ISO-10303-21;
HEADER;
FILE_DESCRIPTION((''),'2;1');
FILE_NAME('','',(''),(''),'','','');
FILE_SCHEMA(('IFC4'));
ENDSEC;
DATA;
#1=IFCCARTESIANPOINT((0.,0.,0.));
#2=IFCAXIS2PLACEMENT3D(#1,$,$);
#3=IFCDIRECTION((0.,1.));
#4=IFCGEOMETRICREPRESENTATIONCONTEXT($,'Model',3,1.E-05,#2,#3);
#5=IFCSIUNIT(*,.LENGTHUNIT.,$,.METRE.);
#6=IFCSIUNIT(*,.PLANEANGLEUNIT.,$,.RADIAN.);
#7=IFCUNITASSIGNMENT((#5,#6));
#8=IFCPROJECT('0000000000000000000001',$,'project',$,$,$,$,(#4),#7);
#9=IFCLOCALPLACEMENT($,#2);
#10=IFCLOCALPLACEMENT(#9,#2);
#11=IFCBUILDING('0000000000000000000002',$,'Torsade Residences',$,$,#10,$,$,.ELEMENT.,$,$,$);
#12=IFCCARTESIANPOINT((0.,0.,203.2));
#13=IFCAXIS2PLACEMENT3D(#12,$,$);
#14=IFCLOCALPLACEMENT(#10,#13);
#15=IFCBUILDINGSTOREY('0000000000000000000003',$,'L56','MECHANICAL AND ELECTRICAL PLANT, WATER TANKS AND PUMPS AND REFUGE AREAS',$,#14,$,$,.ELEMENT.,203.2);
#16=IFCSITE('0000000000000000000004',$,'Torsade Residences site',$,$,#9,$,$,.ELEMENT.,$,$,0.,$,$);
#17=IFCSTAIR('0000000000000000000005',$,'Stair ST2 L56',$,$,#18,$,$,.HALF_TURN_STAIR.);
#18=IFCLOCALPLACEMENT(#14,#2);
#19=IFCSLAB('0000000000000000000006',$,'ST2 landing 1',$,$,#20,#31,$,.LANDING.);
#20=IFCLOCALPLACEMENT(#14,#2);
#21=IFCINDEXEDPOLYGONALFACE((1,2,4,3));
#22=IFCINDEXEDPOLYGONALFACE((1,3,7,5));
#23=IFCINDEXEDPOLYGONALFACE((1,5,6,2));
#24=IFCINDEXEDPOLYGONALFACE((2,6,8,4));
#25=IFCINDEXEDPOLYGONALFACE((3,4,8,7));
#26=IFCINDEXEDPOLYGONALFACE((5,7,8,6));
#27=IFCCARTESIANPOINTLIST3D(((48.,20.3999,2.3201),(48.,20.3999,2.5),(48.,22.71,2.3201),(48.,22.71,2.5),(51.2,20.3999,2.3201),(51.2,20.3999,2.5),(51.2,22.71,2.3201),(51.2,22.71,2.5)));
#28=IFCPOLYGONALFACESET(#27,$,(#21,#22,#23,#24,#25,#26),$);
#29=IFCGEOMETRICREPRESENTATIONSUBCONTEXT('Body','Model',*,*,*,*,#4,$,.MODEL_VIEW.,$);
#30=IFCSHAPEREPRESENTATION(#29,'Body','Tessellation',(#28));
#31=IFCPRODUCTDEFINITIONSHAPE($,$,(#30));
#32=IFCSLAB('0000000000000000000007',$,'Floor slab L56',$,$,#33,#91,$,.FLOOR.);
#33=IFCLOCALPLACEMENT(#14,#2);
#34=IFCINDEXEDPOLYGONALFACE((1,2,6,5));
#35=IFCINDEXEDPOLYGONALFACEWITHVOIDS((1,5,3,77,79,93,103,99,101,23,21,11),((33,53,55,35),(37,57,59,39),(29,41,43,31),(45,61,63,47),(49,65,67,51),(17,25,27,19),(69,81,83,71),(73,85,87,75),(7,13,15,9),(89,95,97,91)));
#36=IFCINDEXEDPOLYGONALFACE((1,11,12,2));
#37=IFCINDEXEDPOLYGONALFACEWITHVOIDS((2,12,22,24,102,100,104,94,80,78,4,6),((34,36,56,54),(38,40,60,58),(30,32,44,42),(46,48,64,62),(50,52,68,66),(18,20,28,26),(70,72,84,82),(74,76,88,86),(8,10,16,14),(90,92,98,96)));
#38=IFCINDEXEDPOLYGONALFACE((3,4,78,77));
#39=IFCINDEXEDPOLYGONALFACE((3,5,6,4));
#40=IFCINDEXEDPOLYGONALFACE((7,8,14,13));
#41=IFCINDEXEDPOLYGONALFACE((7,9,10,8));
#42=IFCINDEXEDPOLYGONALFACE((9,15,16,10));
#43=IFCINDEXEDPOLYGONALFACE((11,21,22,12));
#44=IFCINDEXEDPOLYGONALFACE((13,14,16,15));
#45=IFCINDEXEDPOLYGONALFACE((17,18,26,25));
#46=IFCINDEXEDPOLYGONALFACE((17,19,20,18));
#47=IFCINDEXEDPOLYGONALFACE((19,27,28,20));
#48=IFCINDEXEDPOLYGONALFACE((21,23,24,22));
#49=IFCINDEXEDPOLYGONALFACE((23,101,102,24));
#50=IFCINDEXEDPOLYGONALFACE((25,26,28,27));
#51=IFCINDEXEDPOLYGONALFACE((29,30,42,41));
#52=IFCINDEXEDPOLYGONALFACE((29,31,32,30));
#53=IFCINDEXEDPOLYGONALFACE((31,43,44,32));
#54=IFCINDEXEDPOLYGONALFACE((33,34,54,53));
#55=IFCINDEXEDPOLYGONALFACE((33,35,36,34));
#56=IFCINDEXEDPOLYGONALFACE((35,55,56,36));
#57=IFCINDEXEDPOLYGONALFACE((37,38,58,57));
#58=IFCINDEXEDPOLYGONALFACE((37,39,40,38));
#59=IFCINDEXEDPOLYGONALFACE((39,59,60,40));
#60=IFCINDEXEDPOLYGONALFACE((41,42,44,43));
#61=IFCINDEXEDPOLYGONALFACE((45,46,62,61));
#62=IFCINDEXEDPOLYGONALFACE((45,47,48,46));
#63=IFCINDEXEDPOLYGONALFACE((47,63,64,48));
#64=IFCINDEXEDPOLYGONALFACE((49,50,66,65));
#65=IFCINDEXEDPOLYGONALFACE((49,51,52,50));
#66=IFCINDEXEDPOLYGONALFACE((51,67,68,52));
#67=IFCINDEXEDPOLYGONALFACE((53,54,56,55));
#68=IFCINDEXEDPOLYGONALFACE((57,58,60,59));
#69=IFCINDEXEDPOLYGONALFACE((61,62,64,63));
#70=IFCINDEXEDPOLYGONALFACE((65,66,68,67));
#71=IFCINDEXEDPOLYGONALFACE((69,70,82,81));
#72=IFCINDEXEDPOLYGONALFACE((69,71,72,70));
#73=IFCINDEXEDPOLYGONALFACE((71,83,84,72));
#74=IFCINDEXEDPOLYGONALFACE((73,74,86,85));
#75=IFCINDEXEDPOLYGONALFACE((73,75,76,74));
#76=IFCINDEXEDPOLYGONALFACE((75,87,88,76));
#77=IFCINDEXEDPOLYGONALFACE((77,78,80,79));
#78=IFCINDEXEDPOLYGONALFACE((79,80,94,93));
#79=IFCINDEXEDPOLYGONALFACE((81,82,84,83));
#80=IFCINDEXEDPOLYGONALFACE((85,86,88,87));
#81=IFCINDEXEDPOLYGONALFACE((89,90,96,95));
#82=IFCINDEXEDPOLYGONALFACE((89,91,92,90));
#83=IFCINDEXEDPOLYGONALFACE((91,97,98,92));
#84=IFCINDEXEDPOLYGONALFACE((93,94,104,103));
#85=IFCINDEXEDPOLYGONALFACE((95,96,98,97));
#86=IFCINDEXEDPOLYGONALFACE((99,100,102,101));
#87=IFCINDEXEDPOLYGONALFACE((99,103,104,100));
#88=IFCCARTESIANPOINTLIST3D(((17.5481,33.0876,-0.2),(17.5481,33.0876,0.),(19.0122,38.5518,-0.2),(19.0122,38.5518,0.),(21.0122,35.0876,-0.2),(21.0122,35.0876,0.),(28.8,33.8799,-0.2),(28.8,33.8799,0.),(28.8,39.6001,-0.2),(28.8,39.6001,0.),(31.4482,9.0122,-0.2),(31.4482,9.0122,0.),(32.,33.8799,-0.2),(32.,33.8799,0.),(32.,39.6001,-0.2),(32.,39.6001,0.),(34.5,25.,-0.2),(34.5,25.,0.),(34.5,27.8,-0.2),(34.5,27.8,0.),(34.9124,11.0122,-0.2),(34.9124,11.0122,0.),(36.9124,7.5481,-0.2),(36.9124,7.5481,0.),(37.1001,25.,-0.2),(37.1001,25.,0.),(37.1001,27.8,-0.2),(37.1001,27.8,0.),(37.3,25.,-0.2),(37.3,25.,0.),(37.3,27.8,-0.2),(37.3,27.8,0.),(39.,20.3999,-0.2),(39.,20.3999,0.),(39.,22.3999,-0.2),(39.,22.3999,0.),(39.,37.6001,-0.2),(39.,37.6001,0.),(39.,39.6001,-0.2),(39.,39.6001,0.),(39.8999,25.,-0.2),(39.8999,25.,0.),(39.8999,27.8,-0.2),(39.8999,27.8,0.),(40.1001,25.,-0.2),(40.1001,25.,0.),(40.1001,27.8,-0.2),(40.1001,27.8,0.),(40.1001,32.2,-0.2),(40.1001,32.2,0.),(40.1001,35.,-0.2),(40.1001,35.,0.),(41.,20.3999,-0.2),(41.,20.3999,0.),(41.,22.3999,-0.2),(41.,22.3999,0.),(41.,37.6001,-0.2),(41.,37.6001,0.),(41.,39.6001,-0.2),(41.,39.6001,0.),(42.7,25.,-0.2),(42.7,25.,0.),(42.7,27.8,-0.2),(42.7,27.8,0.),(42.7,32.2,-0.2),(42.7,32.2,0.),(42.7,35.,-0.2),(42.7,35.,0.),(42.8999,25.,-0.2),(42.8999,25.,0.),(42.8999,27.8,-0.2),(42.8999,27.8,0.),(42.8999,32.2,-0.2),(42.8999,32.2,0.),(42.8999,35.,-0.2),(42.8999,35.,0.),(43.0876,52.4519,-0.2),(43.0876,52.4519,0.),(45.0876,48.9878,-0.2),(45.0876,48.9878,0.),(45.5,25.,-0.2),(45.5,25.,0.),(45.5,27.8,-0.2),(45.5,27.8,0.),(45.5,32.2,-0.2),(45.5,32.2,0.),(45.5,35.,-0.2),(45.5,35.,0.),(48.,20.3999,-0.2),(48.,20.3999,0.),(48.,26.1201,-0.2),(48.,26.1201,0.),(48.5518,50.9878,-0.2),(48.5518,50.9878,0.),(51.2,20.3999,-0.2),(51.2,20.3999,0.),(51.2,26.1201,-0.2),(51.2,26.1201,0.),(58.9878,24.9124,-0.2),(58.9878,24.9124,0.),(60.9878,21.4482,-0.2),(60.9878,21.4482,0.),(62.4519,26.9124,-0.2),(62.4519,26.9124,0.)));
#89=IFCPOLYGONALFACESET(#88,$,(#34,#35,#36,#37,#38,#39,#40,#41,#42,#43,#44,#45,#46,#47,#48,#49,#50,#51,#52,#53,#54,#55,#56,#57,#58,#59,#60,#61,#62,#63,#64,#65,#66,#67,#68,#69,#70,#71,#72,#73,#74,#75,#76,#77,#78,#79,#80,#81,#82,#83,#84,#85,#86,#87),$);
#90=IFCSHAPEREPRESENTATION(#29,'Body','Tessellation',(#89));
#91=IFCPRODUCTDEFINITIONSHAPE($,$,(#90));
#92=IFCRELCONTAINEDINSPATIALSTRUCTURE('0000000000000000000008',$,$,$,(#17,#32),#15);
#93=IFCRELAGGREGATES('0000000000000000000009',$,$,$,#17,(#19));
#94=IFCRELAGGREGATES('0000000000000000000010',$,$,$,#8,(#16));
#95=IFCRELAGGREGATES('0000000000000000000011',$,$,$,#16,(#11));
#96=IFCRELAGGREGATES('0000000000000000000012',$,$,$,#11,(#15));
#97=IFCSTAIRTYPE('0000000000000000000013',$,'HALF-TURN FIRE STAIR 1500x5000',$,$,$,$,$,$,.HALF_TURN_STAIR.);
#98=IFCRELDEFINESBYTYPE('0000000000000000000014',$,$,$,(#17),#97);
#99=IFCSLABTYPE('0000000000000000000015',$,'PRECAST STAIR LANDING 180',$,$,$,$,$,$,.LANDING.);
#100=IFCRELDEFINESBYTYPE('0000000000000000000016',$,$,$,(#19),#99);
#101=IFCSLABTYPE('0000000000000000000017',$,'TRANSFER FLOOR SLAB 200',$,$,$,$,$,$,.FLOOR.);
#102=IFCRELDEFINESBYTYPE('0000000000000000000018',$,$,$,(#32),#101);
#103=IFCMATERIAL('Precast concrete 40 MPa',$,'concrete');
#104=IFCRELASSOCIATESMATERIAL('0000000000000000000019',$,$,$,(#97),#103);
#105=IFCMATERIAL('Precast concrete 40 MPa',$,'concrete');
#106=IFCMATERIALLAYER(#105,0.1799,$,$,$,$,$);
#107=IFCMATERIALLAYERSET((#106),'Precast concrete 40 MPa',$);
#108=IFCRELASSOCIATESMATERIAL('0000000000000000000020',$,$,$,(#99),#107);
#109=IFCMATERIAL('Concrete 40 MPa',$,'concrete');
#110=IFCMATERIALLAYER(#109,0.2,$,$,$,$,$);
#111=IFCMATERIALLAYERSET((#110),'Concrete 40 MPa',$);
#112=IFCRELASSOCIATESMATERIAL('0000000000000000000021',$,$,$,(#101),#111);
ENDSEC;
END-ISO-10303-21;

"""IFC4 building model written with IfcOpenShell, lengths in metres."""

from ifc_helpers import new_model, si_unit, direction, frame, origin, place, context, subcontext, project, spatial, polyline, outline, extrude, material, layer, layer_set, type_object, element, aggregate, save


model = new_model("IFC4")

# Units and contexts
model_context = context("Model", 3, precision=1e-05, world=origin(), true_north=direction((0.0, 1.0)))
body_context = subcontext(model_context, "Body", "Model", "MODEL_VIEW")
ifc_project = project(units=[si_unit("LENGTHUNIT", "METRE"), si_unit("PLANEANGLEUNIT", "RADIAN")], contexts=[model_context])

# Site, building, storey
site_placement = place(None, origin())
site = spatial("IfcSite", under=ifc_project, at=site_placement, Name="Torsade Residences site", CompositionType="ELEMENT", RefElevation=0.0)
building_placement = place(site_placement, origin())
building = spatial("IfcBuilding", under=site, at=building_placement, Name="Torsade Residences", CompositionType="ELEMENT")
storey_placement = place(building_placement, frame((0.0, 0.0, 203.2)))
storey = spatial("IfcBuildingStorey", under=building, at=storey_placement, Name="L56", Description="MECHANICAL AND ELECTRICAL PLANT, WATER TANKS AND PUMPS AND REFUGE AREAS", CompositionType="ELEMENT", Elevation=203.2)

# Stair, slab
ifc_material_1 = material(Name="Precast concrete 40 MPa", Category="concrete")
stair_type = type_object("IfcStairType", Name="HALF-TURN FIRE STAIR 1500x5000", PredefinedType="HALF_TURN_STAIR", material=ifc_material_1)
ifc_material_2 = material(Name="Precast concrete 40 MPa", Category="concrete")
ifc_layer_1 = layer(ifc_material_2, 0.1799)
ifc_layer_set_1 = layer_set([ifc_layer_1], Name="Precast concrete 40 MPa")
slab_type_1 = type_object("IfcSlabType", Name="PRECAST STAIR LANDING 180", PredefinedType="LANDING", material=ifc_layer_set_1)
stair_1_placement = place(storey_placement, origin())
stair_1 = element("IfcStair", 1, at=stair_1_placement, inside=storey, type_object=stair_type, Name="Stair ST2 L56", PredefinedType="HALF_TURN_STAIR")
slab_1_placement = place(storey_placement, frame((0.0, 0.0, 2.3201)))
slab_1 = element("IfcSlab", 2, at=slab_1_placement, type_object=slab_type_1, Name="ST2 landing 1", PredefinedType="LANDING", context=body_context, shape_type="SweptSolid", body=[
    extrude(outline(polyline([(48.0, 20.3999), (51.2, 20.3999), (51.2, 22.71), (48.0, 22.71), (48.0, 20.3999)])), origin(), (0.0, 0.0, 1.0), 0.1799),
])
aggregate(stair_1, [slab_1])

# Slab
ifc_material_3 = material(Name="Concrete 40 MPa", Category="concrete")
ifc_layer_2 = layer(ifc_material_3, 0.2)
ifc_layer_set_2 = layer_set([ifc_layer_2], Name="Concrete 40 MPa")
slab_type_2 = type_object("IfcSlabType", Name="TRANSFER FLOOR SLAB 200", PredefinedType="FLOOR", material=ifc_layer_set_2)
slab_2_placement = place(storey_placement, frame((0.0, 0.0, -0.2)))
element("IfcSlab", 3, at=slab_2_placement, inside=storey, type_object=slab_type_2, Name="Floor slab L56", PredefinedType="FLOOR", context=body_context, shape_type="SweptSolid", body=[
    extrude(outline(polyline([(36.9124, 7.5481), (60.9878, 21.4482), (58.9878, 24.9124), (62.4519, 26.9124), (48.5518, 50.9878), (45.0876, 48.9878), (43.0876, 52.4519), (19.0122, 38.5518), (21.0122, 35.0876), (17.5481, 33.0876), (31.4482, 9.0122), (34.9124, 11.0122), (36.9124, 7.5481)]), holes=[polyline([(51.2, 26.1201), (48.0, 26.1201), (48.0, 20.3999), (51.2, 20.3999), (51.2, 26.1201)]), polyline([(45.5, 27.8), (42.8999, 27.8), (42.8999, 25.0), (45.5, 25.0), (45.5, 27.8)]), polyline([(45.5, 35.0), (42.8999, 35.0), (42.8999, 32.2), (45.5, 32.2), (45.5, 35.0)]), polyline([(42.7, 25.0), (42.7, 27.8), (40.1001, 27.8), (40.1001, 25.0), (42.7, 25.0)]), polyline([(42.7, 35.0), (40.1001, 35.0), (40.1001, 32.2), (42.7, 32.2), (42.7, 35.0)]), polyline([(41.0, 22.3999), (39.0, 22.3999), (39.0, 20.3999), (41.0, 20.3999), (41.0, 22.3999)]), polyline([(41.0, 37.6001), (41.0, 39.6001), (39.0, 39.6001), (39.0, 37.6001), (41.0, 37.6001)]), polyline([(39.8999, 25.0), (39.8999, 27.8), (37.3, 27.8), (37.3, 25.0), (39.8999, 25.0)]), polyline([(37.1001, 27.8), (34.5, 27.8), (34.5, 25.0), (37.1001, 25.0), (37.1001, 27.8)]), polyline([(32.0, 33.8799), (32.0, 39.6001), (28.8, 39.6001), (28.8, 33.8799), (32.0, 33.8799)])]), origin(), (0.0, 0.0, 1.0), 0.2),
])

save(model, "model.ifc")
